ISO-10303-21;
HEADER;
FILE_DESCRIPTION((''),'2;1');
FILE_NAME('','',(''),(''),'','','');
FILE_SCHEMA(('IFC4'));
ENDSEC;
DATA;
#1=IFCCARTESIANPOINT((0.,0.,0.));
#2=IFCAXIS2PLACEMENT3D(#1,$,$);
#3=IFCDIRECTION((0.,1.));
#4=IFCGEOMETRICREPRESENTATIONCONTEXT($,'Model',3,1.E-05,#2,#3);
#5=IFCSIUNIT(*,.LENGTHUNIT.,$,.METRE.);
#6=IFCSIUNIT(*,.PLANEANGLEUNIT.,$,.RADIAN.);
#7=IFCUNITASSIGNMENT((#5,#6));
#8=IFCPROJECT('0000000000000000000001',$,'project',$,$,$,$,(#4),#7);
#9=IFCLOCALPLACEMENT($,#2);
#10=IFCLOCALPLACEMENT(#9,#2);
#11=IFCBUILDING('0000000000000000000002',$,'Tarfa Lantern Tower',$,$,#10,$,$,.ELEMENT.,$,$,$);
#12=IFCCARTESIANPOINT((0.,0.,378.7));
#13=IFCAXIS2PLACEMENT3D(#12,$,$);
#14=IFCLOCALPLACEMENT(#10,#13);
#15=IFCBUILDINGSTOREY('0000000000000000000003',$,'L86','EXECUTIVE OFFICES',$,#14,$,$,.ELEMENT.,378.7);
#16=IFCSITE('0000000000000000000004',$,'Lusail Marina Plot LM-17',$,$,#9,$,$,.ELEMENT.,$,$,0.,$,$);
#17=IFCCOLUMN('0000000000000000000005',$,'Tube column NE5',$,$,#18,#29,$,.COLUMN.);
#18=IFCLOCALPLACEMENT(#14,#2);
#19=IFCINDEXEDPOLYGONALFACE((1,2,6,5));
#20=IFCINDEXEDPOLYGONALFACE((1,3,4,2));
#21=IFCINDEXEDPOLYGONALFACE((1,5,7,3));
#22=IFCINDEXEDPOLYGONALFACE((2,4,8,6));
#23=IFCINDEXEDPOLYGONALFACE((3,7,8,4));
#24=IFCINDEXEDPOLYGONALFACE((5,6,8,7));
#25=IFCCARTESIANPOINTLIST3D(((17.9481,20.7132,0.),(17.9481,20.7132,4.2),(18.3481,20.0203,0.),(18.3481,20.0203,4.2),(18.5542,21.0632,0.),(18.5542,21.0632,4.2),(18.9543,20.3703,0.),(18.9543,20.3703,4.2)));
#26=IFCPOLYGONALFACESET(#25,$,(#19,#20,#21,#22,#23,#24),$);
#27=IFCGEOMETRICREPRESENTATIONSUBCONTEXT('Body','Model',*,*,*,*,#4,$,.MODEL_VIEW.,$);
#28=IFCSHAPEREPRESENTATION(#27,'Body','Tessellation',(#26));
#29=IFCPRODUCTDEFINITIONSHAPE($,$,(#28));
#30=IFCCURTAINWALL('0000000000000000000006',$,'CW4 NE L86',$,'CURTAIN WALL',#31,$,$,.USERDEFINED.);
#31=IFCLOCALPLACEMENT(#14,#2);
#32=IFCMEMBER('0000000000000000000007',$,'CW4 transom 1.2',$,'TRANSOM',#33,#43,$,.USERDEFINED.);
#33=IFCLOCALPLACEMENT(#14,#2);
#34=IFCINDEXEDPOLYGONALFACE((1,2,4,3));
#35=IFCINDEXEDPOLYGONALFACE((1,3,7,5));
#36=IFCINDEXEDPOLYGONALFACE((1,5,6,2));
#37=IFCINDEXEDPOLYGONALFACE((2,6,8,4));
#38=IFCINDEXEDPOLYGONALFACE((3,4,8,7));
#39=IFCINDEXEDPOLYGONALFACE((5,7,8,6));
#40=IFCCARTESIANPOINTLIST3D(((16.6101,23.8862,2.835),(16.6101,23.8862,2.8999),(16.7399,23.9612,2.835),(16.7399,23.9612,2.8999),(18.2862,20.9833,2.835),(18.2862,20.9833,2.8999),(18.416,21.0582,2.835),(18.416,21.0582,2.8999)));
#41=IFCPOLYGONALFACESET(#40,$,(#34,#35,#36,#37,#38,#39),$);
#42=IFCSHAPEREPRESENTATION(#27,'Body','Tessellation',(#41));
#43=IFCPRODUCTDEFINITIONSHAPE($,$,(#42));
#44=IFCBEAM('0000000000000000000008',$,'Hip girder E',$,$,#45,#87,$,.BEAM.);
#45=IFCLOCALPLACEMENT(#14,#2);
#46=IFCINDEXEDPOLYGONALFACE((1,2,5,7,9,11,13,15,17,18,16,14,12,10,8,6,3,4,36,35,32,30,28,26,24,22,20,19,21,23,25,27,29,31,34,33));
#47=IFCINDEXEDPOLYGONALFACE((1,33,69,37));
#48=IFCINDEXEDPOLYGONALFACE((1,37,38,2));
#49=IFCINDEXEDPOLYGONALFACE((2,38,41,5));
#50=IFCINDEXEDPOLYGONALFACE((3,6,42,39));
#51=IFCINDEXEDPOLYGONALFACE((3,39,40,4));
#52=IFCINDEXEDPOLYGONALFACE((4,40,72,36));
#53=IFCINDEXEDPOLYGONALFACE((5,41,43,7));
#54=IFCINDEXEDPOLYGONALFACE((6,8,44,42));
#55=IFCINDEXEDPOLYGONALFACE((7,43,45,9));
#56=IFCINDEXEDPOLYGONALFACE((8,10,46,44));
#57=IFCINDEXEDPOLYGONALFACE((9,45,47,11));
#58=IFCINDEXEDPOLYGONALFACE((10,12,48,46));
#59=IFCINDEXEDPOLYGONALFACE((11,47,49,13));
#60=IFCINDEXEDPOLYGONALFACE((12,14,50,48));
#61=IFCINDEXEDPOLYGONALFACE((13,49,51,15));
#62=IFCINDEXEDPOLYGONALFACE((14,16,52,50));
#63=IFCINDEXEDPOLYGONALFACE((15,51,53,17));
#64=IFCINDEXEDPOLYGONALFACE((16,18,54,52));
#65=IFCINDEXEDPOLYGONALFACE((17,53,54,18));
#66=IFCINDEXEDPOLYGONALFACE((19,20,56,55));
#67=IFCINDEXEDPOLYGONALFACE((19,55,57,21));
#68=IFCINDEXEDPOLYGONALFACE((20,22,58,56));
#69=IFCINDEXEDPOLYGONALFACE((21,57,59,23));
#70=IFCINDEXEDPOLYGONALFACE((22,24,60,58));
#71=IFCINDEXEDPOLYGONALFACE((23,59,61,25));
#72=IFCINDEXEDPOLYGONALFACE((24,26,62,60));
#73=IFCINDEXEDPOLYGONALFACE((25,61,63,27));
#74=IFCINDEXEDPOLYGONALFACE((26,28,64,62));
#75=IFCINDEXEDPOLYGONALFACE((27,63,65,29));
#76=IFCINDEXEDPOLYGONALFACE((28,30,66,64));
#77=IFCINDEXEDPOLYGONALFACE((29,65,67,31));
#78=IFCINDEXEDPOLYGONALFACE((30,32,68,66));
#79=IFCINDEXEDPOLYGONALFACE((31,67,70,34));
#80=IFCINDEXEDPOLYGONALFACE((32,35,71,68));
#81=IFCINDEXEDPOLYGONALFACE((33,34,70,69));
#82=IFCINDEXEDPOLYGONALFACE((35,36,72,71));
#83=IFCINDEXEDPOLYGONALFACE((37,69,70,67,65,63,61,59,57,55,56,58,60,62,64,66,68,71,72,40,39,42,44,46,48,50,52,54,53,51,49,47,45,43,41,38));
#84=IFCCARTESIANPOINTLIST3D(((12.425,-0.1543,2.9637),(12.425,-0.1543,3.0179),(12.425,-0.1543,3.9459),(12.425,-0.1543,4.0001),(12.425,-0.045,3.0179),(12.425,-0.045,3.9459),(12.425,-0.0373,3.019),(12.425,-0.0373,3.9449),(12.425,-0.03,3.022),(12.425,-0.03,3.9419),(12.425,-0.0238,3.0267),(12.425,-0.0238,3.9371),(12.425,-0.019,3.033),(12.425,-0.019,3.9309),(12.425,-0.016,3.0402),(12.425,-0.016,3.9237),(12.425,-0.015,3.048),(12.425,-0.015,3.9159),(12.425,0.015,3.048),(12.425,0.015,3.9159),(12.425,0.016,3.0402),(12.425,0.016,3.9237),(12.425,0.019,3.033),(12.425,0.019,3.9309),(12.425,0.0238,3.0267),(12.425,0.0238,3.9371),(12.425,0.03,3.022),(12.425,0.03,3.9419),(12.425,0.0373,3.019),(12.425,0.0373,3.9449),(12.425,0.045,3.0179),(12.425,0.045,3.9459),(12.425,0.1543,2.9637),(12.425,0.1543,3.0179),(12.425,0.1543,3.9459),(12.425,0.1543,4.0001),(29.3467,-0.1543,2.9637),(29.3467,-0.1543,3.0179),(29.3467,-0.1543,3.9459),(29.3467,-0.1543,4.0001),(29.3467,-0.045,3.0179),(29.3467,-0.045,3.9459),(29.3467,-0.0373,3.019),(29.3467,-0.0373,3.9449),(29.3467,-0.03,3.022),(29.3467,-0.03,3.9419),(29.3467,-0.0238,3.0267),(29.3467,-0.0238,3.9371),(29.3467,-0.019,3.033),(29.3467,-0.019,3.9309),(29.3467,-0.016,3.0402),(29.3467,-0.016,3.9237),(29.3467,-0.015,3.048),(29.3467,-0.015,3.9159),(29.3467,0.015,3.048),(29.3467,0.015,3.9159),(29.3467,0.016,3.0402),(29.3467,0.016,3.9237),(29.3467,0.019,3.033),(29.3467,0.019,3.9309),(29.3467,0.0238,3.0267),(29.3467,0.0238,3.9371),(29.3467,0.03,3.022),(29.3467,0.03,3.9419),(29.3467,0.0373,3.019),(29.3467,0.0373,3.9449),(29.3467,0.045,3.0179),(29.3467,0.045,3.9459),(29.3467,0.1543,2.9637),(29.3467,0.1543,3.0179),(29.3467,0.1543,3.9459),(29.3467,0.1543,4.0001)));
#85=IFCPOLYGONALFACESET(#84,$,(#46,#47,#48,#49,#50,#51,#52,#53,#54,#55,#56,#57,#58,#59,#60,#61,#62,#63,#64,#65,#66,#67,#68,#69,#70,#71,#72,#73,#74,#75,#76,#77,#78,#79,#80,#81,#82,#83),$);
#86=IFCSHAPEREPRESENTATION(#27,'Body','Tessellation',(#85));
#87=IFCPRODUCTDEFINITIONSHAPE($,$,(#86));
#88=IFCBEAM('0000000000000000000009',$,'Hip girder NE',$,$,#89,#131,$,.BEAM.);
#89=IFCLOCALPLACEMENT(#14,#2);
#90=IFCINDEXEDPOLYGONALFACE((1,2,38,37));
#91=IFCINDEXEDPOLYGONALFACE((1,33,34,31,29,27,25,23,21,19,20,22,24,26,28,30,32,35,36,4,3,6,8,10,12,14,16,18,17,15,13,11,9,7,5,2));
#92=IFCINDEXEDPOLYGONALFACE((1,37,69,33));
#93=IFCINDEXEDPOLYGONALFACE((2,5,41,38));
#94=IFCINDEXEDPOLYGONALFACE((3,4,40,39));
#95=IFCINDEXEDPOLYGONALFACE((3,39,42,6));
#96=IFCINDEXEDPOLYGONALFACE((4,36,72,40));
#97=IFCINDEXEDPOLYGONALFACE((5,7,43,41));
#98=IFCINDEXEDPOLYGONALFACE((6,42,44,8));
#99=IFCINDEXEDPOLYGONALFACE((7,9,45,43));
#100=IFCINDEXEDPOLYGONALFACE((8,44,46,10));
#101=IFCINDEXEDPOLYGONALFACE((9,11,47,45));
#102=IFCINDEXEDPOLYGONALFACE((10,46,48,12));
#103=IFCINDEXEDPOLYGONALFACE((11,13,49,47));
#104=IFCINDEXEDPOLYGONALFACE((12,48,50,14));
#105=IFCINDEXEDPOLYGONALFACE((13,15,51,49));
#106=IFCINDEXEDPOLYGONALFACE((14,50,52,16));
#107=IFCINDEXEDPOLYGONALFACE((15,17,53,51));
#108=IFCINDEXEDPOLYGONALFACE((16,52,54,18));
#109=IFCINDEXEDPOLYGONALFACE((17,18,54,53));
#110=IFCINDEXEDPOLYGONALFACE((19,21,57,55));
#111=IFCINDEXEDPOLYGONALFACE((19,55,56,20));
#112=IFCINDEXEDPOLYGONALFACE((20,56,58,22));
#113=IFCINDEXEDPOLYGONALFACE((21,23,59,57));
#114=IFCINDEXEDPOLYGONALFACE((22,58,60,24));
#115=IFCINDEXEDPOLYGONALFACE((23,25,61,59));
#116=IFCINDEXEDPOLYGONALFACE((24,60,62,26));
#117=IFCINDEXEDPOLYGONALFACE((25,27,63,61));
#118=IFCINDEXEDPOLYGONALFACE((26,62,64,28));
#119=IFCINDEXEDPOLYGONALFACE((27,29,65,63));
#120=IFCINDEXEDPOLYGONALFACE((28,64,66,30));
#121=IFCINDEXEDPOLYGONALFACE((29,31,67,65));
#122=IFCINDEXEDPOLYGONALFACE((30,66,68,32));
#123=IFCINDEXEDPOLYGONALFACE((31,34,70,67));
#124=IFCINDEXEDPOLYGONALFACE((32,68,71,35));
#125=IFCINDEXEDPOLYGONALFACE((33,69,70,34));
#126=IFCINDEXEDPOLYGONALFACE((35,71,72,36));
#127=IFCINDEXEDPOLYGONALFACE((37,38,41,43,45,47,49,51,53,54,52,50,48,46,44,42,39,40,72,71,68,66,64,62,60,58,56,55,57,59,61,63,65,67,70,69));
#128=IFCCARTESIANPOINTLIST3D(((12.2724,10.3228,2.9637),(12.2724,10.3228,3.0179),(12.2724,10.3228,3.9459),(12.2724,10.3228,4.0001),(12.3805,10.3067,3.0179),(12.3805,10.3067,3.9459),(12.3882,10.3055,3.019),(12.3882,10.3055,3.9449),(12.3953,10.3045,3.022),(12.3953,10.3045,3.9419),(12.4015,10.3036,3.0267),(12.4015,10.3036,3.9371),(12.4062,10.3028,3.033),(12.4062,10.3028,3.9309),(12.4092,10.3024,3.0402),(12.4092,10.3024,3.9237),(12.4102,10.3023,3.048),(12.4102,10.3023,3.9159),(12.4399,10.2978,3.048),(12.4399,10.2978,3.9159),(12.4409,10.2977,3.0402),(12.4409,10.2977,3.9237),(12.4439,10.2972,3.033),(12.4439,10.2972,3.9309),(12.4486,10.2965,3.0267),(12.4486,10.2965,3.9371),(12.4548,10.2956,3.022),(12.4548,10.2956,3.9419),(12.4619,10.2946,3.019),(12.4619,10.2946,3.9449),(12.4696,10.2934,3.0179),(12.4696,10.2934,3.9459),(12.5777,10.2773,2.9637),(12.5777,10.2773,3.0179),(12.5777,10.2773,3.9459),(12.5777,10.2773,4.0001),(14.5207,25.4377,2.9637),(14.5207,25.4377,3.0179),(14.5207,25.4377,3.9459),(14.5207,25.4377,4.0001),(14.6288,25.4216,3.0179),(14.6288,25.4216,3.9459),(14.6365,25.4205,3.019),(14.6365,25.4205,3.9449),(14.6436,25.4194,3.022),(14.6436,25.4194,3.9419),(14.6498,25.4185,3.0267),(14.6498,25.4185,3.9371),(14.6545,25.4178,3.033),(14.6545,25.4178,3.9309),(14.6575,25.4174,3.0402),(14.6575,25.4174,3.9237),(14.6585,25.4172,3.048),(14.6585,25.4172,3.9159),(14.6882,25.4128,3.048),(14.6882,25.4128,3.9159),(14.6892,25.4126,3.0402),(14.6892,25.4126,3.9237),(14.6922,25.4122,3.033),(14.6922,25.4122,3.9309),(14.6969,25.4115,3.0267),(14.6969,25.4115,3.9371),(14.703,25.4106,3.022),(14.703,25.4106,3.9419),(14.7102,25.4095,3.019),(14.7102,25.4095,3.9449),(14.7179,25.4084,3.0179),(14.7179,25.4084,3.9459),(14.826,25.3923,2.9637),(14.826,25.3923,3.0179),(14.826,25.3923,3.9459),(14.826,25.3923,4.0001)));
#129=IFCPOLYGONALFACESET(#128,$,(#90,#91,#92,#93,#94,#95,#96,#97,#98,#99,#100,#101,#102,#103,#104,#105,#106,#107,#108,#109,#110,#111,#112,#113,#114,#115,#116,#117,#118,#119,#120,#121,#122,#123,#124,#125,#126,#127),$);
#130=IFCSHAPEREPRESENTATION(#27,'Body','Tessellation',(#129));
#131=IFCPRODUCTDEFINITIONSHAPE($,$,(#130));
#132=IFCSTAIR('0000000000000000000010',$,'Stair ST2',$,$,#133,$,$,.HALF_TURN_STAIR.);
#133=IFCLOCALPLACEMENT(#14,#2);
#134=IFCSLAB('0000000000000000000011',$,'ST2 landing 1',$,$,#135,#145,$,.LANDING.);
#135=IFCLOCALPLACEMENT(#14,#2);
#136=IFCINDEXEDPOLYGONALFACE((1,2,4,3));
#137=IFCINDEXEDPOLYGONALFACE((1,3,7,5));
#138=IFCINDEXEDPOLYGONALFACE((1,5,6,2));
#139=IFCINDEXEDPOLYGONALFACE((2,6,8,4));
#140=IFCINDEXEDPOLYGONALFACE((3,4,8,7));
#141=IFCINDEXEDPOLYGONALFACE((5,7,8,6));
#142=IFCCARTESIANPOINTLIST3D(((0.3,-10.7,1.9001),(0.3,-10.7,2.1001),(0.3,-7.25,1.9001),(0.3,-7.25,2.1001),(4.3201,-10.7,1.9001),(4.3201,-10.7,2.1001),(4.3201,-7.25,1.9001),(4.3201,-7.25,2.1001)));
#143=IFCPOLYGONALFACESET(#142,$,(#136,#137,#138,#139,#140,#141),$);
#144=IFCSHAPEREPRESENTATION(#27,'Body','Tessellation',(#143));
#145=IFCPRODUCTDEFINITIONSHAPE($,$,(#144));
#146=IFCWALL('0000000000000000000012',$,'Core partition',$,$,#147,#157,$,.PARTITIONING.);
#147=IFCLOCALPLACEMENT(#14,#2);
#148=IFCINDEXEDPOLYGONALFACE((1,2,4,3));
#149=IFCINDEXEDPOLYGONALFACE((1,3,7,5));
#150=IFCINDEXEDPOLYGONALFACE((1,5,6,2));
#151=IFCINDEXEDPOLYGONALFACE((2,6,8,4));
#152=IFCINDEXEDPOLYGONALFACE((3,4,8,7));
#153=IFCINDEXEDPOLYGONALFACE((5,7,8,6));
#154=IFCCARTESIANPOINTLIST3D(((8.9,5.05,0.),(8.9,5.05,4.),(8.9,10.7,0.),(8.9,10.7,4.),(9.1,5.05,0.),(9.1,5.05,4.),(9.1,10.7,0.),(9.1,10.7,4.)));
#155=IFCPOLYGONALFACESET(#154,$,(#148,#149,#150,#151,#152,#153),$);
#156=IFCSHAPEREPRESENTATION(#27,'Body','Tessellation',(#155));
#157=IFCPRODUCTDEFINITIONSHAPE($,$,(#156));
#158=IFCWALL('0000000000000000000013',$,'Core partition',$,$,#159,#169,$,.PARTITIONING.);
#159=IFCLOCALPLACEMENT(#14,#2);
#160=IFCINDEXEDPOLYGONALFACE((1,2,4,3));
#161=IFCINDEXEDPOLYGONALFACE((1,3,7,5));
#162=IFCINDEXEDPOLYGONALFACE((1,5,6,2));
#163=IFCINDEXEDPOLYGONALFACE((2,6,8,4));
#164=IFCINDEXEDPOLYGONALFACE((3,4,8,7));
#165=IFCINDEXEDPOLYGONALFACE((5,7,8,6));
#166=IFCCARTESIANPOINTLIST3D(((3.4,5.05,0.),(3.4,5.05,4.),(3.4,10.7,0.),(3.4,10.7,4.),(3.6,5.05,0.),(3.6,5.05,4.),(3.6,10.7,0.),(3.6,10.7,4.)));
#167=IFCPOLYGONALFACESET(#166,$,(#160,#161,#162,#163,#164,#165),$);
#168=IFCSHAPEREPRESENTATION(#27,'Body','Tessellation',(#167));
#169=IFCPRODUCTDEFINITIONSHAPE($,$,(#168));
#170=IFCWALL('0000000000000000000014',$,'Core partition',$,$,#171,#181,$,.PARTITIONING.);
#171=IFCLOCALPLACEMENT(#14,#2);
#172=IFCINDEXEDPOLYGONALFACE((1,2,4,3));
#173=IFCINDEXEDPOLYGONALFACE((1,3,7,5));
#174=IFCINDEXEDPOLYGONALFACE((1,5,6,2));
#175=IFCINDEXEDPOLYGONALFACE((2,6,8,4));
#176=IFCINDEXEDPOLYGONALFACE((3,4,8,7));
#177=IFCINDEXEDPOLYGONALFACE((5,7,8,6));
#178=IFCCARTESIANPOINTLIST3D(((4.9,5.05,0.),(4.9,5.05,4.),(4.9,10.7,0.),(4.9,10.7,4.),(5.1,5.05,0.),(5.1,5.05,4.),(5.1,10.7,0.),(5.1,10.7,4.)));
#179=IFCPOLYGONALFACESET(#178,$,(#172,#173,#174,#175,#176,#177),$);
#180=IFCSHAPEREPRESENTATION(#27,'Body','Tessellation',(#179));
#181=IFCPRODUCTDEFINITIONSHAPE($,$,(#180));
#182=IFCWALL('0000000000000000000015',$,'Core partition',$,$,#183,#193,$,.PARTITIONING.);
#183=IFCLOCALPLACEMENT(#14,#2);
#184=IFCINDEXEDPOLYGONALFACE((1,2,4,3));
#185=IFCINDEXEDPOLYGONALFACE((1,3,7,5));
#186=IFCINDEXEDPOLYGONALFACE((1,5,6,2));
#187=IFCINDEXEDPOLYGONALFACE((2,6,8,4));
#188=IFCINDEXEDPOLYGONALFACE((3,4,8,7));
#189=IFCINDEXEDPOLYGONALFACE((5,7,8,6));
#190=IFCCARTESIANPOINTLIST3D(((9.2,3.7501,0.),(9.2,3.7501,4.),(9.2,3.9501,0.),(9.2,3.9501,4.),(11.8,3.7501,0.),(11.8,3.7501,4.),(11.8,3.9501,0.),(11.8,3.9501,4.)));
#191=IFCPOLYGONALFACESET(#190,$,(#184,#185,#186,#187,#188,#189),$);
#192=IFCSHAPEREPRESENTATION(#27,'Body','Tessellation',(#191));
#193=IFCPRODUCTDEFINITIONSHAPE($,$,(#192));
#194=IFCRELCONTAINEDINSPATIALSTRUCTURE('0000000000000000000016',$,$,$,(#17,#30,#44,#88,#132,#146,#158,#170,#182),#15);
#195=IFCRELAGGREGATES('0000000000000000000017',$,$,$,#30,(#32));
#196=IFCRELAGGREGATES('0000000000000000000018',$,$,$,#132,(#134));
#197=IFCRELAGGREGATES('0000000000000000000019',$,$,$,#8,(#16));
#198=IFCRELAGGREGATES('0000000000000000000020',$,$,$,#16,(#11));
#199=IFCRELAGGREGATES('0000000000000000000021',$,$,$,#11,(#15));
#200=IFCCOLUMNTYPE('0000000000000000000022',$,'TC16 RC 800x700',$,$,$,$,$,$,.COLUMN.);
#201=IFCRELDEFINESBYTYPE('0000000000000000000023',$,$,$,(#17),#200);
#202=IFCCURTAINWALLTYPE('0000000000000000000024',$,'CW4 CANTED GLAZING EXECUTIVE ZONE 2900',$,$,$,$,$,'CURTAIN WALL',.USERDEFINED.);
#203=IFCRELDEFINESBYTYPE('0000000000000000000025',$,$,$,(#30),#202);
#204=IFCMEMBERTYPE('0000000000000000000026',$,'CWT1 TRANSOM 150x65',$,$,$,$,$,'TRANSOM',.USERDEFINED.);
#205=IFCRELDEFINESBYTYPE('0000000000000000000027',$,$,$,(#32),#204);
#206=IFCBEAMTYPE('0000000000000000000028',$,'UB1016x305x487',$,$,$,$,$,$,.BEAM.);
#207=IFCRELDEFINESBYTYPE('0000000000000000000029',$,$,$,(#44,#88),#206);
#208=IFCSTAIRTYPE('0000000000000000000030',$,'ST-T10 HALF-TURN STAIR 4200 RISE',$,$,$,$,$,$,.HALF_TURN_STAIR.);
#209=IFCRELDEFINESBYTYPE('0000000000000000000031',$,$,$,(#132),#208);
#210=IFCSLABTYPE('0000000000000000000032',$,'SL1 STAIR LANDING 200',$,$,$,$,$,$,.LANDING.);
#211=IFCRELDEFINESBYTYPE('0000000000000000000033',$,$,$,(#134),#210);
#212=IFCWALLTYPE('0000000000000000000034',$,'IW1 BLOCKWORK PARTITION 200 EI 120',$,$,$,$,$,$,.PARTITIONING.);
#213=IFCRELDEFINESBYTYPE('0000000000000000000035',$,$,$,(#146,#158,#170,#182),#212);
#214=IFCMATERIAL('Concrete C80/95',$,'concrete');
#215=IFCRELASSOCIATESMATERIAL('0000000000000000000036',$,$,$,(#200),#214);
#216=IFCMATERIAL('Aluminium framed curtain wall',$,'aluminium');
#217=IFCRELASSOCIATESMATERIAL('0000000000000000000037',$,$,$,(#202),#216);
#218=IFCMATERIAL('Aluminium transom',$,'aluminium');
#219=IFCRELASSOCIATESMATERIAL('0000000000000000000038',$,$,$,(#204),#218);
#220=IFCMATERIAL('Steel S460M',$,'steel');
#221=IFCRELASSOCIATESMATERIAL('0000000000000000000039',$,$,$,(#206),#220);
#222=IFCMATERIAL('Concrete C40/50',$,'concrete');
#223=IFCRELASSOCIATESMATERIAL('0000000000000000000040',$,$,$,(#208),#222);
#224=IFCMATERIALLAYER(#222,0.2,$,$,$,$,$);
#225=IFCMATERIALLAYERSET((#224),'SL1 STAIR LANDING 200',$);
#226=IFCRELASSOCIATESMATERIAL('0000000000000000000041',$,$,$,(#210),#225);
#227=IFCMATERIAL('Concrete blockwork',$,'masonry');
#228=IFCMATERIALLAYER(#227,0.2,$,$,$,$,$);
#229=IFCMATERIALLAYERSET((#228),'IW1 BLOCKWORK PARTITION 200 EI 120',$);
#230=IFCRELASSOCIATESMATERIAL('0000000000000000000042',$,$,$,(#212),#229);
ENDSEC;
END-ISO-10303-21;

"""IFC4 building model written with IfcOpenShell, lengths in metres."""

from ifc_helpers import new_model, si_unit, direction, frame, frame_2d, origin, origin_2d, place, context, subcontext, project, spatial, polyline, rectangle, i_section, outline, extrude, material, layer, layer_set, material_profile, profile_set, type_object, element, aggregate, save


model = new_model("IFC4")

# Units and contexts
model_context = context("Model", 3, precision=1e-05, world=origin(), true_north=direction((0.0, 1.0)))
body_context = subcontext(model_context, "Body", "Model", "MODEL_VIEW")
ifc_project = project(units=[si_unit("LENGTHUNIT", "METRE"), si_unit("PLANEANGLEUNIT", "RADIAN")], contexts=[model_context])

# Site, building, storey
site_placement = place(None, origin())
site = spatial("IfcSite", under=ifc_project, at=site_placement, Name="Lusail Marina Plot LM-17", CompositionType="ELEMENT", RefElevation=0.0)
building_placement = place(site_placement, origin())
building = spatial("IfcBuilding", under=site, at=building_placement, Name="Tarfa Lantern Tower", CompositionType="ELEMENT")
storey_placement = place(building_placement, frame((0.0, 0.0, 378.7)))
storey = spatial("IfcBuildingStorey", under=building, at=storey_placement, Name="L86", Description="EXECUTIVE OFFICES", CompositionType="ELEMENT", Elevation=378.7)

# Column
ifc_material_1 = material(Name="Concrete C80/95", Category="concrete")
ifc_material_profile_1 = material_profile(ifc_material_1, rectangle(XDim=0.8, YDim=0.7, at=origin_2d()), Name="RC 800x700")
ifc_profile_set_1 = profile_set([ifc_material_profile_1], Name="Concrete C80/95")
column_type = type_object("IfcColumnType", Name="TC16 RC 800x700", PredefinedType="COLUMN", material=ifc_profile_set_1)
column_placement = place(storey_placement, frame((18.4512, 20.5417, 0.0), z_axis=(0.0, 0.0, 1.0), x_axis=(-0.5, 0.866025, 0.0)))
element("IfcColumn", 1, at=column_placement, inside=storey, type_object=column_type, Name="Tube column NE5", PredefinedType="COLUMN", context=body_context, shape_type="SweptSolid", body=[
    extrude(rectangle(XDim=0.8, YDim=0.7, at=origin_2d()), origin(), (0.0, 0.0, 1.0), 4.2),
])

# Curtain wall, member
ifc_material_2 = material(Name="Aluminium framed curtain wall", Category="aluminium")
curtain_wall_type = type_object("IfcCurtainWallType", Name="CW4 CANTED GLAZING EXECUTIVE ZONE 2900", ElementType="CURTAIN WALL", PredefinedType="USERDEFINED", material=ifc_material_2)
curtain_wall_placement = place(storey_placement, origin())
curtain_wall = element("IfcCurtainWall", 2, at=curtain_wall_placement, inside=storey, type_object=curtain_wall_type, Name="CW4 NE L86", ObjectType="CURTAIN WALL", PredefinedType="USERDEFINED")
ifc_material_3 = material(Name="Aluminium transom", Category="aluminium")
ifc_material_profile_2 = material_profile(ifc_material_3, rectangle(XDim=0.1499, YDim=0.0649, at=origin_2d()), Name="AL TRANSOM 150x65")
ifc_profile_set_2 = profile_set([ifc_material_profile_2], Name="Aluminium transom")
member_type = type_object("IfcMemberType", Name="CWT1 TRANSOM 150x65", ElementType="TRANSOM", PredefinedType="USERDEFINED", material=ifc_profile_set_2)
member_placement = place(storey_placement, frame((18.3511, 21.0208, 2.8674), z_axis=(-0.500017, 0.866016, 0.0), x_axis=(-0.866016, -0.500017, 0.0)))
member = element("IfcMember", 3, at=member_placement, type_object=member_type, Name="CW4 transom 1.2", ObjectType="TRANSOM", PredefinedType="USERDEFINED", context=body_context, shape_type="SweptSolid", body=[
    extrude(rectangle(XDim=0.1499, YDim=0.0649, at=origin_2d()), origin(), (0.0, 0.0, 1.0), 3.3521),
])
aggregate(curtain_wall, [member])

# Beams
ifc_material_4 = material(Name="Steel S460M", Category="steel")
ifc_material_profile_3 = material_profile(ifc_material_4, i_section(OverallWidth=0.3086, OverallDepth=1.0364, WebThickness=0.03, FlangeThickness=0.0542, FilletRadius=0.03, at=origin_2d()), Name="UB1016x305x487")
ifc_profile_set_3 = profile_set([ifc_material_profile_3], Name="Steel S460M")
beam_type = type_object("IfcBeamType", Name="UB1016x305x487", PredefinedType="BEAM", material=ifc_profile_set_3)
beam_1_placement = place(storey_placement, frame((12.425, 0.0, 3.4819), z_axis=(1.0, 0.0, 0.0), x_axis=(0.0, 1.0, 0.0)))
element("IfcBeam", 4, at=beam_1_placement, inside=storey, type_object=beam_type, Name="Hip girder E", PredefinedType="BEAM", context=body_context, shape_type="SweptSolid", body=[
    extrude(i_section(OverallWidth=0.3086, OverallDepth=1.0364, WebThickness=0.03, FlangeThickness=0.0542, FilletRadius=0.03, at=origin_2d()), origin(), (0.0, 0.0, 1.0), 16.9216),
])
beam_2_placement = place(storey_placement, frame((12.425, 10.3, 3.4819), z_axis=(0.147127, 0.989118, 0.0), x_axis=(-0.989118, 0.147127, 0.0)))
element("IfcBeam", 5, at=beam_2_placement, inside=storey, type_object=beam_type, Name="Hip girder NE", PredefinedType="BEAM", context=body_context, shape_type="SweptSolid", body=[
    extrude(i_section(OverallWidth=0.3086, OverallDepth=1.0364, WebThickness=0.03, FlangeThickness=0.0542, FilletRadius=0.03, at=origin_2d()), origin(), (0.0, 0.0, 1.0), 15.2812),
])

# Stair, slab
ifc_material_5 = material(Name="Concrete C40/50", Category="concrete")
stair_type = type_object("IfcStairType", Name="ST-T10 HALF-TURN STAIR 4200 RISE", PredefinedType="HALF_TURN_STAIR", material=ifc_material_5)
stair_placement = place(storey_placement, origin())
stair = element("IfcStair", 6, at=stair_placement, inside=storey, type_object=stair_type, Name="Stair ST2", PredefinedType="HALF_TURN_STAIR")
ifc_layer_1 = layer(ifc_material_5, 0.2)
ifc_layer_set_1 = layer_set([ifc_layer_1], Name="SL1 STAIR LANDING 200")
slab_type = type_object("IfcSlabType", Name="SL1 STAIR LANDING 200", PredefinedType="LANDING", material=ifc_layer_set_1)
slab_placement = place(storey_placement, frame((0.0, 0.0, 1.9001)))
slab = element("IfcSlab", 7, at=slab_placement, type_object=slab_type, Name="ST2 landing 1", PredefinedType="LANDING", context=body_context, shape_type="SweptSolid", body=[
    extrude(outline(polyline([(4.3201, -7.25), (0.3, -7.25), (0.3, -10.7), (4.3201, -10.7), (4.3201, -7.25)])), origin(), (0.0, 0.0, 1.0), 0.2),
])
aggregate(stair, [slab])

# Walls
ifc_material_6 = material(Name="Concrete blockwork", Category="masonry")
ifc_layer_2 = layer(ifc_material_6, 0.2)
ifc_layer_set_2 = layer_set([ifc_layer_2], Name="IW1 BLOCKWORK PARTITION 200 EI 120")
wall_type_1 = type_object("IfcWallType", Name="IW1 BLOCKWORK PARTITION 200 EI 120", PredefinedType="PARTITIONING", material=ifc_layer_set_2)
for number, where, z_axis, x_axis, name in (
    (8, (9.0, 5.05, 0.0), (0.0, 0.0, 1.0), (0.0, 1.0, 0.0), "Core partition"),
    (9, (3.5, 5.05, 0.0), (0.0, 0.0, 1.0), (0.0, 1.0, 0.0), "Core partition"),
    (10, (5.0, 5.05, 0.0), (0.0, 0.0, 1.0), (0.0, 1.0, 0.0), "Core partition"),
):
    element("IfcWall", number, at=place(storey_placement, frame(where, z_axis=z_axis, x_axis=x_axis)), inside=storey, type_object=wall_type_1, Name=name, PredefinedType="PARTITIONING", context=body_context, shape_type="SweptSolid", body=[
        extrude(rectangle(XDim=5.6499, YDim=0.2, at=frame_2d((2.825, 0.0))), origin(), (0.0, 0.0, 1.0), 4.0),
    ])
wall_1_placement = place(storey_placement, frame((9.2, 3.8501, 0.0), z_axis=(0.0, 0.0, 1.0), x_axis=(1.0, 0.0, 0.0)))
element("IfcWall", 11, at=wall_1_placement, inside=storey, type_object=wall_type_1, Name="Core partition", PredefinedType="PARTITIONING", context=body_context, shape_type="SweptSolid", body=[
    extrude(rectangle(XDim=2.6001, YDim=0.2, at=frame_2d((1.3, 0.0))), origin(), (0.0, 0.0, 1.0), 4.0),
])

save(model, "model.ifc")
